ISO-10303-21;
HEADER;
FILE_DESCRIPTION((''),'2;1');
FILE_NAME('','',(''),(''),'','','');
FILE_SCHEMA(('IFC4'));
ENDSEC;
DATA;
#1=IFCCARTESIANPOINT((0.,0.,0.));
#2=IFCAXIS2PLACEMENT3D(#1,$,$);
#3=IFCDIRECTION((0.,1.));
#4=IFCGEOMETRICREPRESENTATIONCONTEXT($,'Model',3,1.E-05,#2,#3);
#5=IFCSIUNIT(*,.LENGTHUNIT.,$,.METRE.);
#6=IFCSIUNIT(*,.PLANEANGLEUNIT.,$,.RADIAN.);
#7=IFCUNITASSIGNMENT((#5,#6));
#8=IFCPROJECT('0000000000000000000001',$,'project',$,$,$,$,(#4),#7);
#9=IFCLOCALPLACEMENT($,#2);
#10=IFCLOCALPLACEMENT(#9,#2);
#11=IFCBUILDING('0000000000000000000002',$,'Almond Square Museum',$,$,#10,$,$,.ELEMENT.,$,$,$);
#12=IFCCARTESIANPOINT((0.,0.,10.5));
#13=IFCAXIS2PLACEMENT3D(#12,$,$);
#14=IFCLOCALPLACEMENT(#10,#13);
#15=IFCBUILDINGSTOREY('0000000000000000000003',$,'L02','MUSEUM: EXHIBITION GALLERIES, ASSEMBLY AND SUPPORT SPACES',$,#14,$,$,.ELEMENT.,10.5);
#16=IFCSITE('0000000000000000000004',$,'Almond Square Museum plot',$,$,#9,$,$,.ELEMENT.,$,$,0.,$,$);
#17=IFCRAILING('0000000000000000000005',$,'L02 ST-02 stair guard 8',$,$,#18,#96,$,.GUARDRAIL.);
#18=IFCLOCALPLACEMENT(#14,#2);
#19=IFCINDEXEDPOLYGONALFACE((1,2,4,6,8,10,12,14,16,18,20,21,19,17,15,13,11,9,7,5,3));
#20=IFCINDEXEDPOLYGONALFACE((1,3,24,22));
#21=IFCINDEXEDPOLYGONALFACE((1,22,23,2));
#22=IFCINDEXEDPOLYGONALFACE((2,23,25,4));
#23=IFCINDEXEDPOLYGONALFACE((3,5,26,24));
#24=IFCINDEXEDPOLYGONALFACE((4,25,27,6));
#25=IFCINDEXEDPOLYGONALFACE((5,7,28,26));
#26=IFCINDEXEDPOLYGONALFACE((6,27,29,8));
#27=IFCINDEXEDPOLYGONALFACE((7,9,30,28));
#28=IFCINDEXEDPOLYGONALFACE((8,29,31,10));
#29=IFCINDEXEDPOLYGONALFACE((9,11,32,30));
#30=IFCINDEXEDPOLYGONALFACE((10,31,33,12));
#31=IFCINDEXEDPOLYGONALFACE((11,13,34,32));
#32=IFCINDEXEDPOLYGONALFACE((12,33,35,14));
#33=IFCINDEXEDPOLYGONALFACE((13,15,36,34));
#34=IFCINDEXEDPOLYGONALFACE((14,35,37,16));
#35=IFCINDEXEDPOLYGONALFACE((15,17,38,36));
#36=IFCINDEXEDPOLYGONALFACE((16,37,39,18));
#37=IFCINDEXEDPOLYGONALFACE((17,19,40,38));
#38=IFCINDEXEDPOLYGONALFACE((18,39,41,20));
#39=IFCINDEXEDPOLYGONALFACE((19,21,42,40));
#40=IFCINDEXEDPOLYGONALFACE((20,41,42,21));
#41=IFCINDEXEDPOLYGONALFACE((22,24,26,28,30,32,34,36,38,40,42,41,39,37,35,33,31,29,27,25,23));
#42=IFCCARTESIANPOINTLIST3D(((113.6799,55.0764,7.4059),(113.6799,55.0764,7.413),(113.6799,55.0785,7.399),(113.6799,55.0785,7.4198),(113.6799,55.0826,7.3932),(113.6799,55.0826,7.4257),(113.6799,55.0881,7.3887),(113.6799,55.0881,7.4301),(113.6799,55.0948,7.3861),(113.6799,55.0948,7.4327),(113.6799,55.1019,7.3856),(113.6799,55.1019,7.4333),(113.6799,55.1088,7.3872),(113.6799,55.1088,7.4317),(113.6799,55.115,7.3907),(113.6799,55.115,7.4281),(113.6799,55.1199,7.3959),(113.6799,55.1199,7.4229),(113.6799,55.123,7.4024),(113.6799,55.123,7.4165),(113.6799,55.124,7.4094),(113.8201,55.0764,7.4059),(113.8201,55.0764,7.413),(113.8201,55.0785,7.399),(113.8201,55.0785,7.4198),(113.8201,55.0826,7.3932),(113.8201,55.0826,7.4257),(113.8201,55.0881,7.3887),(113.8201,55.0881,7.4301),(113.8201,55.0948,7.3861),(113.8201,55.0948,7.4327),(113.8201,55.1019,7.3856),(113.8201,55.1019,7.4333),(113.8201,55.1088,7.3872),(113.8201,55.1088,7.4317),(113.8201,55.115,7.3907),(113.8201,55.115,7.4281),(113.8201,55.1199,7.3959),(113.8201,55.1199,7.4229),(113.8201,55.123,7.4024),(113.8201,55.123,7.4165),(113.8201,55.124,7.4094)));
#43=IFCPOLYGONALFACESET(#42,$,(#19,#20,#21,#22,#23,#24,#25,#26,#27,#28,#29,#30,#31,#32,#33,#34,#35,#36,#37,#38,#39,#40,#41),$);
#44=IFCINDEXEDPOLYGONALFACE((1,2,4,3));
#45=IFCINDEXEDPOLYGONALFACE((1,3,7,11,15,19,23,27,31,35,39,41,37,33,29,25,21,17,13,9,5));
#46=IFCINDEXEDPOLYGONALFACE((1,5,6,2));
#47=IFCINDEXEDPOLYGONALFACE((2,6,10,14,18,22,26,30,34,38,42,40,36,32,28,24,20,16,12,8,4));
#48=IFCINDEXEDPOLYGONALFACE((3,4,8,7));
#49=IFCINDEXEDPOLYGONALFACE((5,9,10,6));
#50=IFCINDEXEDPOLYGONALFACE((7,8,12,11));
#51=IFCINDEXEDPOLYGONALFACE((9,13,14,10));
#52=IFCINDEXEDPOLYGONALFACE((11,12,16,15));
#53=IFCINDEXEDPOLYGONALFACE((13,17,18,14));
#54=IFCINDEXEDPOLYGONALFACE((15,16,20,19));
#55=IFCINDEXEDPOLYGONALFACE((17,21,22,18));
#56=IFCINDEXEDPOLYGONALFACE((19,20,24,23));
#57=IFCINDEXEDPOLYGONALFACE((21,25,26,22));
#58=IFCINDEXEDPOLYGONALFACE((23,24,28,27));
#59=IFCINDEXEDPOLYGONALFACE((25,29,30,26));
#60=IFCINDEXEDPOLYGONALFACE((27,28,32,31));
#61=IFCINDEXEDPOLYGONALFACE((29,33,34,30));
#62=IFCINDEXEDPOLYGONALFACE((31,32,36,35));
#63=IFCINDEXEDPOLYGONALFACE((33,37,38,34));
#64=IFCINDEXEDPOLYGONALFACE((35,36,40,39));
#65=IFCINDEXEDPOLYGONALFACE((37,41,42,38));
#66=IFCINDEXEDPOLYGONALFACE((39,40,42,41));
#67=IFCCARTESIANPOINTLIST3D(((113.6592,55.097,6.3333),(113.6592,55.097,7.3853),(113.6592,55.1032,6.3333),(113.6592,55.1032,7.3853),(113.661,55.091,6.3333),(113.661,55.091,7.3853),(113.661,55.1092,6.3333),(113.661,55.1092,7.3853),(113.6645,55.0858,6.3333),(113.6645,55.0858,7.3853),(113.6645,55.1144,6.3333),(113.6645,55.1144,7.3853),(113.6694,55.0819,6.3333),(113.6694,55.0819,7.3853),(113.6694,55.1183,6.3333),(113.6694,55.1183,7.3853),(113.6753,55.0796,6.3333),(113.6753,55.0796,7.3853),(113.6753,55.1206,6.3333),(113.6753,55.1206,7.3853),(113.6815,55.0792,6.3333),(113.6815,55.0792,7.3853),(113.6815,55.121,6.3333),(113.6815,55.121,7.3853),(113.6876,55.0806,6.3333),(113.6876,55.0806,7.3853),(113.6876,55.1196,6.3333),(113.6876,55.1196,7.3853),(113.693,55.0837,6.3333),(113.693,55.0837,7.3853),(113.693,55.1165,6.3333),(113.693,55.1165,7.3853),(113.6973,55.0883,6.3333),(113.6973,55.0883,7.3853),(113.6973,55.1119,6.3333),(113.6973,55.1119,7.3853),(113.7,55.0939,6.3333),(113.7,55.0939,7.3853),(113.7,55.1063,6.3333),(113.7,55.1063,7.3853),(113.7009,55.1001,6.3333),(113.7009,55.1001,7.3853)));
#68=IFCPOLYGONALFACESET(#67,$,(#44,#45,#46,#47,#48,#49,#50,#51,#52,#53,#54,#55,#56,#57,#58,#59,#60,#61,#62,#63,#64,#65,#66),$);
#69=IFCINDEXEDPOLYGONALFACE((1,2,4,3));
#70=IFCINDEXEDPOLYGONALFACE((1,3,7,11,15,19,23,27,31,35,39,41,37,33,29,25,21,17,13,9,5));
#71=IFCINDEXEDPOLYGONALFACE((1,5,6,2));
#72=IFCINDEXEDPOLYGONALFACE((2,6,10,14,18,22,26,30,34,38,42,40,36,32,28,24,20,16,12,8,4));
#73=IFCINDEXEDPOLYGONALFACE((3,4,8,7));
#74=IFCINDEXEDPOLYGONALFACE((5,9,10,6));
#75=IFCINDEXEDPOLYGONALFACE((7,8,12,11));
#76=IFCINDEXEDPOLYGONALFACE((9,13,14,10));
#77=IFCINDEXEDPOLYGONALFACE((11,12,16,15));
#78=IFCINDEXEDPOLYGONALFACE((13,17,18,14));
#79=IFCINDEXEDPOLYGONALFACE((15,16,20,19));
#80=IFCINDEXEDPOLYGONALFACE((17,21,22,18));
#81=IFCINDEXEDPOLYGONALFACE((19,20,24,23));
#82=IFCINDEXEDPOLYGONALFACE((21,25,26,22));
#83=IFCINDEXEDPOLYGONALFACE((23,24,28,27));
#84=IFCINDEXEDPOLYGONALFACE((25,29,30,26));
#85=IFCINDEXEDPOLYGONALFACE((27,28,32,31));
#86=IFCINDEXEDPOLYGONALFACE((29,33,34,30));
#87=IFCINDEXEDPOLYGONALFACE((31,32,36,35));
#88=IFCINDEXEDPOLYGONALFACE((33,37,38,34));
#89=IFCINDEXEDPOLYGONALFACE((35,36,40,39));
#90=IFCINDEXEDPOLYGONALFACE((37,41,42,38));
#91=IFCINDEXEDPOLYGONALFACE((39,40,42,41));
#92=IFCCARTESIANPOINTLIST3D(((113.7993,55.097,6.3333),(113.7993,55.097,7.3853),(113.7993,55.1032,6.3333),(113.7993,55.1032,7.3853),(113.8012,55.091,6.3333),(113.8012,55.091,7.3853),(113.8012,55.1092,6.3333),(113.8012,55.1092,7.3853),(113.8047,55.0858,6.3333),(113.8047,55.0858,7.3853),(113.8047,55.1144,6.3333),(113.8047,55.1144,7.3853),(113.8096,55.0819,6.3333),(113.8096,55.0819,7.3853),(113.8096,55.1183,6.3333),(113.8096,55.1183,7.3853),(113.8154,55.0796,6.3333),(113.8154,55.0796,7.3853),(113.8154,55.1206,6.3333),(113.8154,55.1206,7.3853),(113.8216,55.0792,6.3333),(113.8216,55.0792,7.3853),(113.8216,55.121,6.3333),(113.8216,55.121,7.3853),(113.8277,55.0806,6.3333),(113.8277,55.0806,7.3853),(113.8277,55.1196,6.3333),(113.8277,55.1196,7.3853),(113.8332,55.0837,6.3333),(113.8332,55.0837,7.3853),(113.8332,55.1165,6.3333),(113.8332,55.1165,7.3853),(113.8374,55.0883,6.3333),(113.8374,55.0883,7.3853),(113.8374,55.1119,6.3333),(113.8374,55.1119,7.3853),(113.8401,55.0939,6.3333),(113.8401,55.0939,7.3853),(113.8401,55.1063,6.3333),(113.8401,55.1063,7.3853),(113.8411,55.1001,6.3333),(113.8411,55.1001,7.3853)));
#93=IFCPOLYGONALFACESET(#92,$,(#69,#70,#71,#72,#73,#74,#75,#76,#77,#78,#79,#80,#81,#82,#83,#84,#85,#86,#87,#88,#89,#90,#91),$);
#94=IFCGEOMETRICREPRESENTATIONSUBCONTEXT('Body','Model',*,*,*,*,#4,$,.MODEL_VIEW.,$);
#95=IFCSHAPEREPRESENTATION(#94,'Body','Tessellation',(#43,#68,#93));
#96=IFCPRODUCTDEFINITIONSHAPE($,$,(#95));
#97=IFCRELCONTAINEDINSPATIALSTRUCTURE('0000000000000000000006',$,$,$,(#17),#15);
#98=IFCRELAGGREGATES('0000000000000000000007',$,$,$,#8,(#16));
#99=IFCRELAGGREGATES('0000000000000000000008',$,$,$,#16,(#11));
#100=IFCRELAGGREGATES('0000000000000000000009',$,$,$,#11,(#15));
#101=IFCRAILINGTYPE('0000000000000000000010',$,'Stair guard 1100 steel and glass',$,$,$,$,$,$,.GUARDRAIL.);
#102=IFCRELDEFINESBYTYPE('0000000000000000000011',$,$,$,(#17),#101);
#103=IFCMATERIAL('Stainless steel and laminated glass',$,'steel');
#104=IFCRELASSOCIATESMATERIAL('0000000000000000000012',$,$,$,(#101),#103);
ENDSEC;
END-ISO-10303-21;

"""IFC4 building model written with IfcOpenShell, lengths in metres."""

from ifc_helpers import new_model, si_unit, direction, frame, origin, origin_2d, place, context, subcontext, project, spatial, circle, extrude, material, type_object, element, save


model = new_model("IFC4")

# Units and contexts
model_context = context("Model", 3, precision=1e-05, world=origin(), true_north=direction((0.0, 1.0)))
body_context = subcontext(model_context, "Body", "Model", "MODEL_VIEW")
ifc_project = project(units=[si_unit("LENGTHUNIT", "METRE"), si_unit("PLANEANGLEUNIT", "RADIAN")], contexts=[model_context])

# Site, building, storey
site_placement = place(None, origin())
site = spatial("IfcSite", under=ifc_project, at=site_placement, Name="Almond Square Museum plot", CompositionType="ELEMENT", RefElevation=0.0)
building_placement = place(site_placement, origin())
building = spatial("IfcBuilding", under=site, at=building_placement, Name="Almond Square Museum", CompositionType="ELEMENT")
storey_placement = place(building_placement, frame((0.0, 0.0, 10.5)))
storey = spatial("IfcBuildingStorey", under=building, at=storey_placement, Name="L02", Description="MUSEUM: EXHIBITION GALLERIES, ASSEMBLY AND SUPPORT SPACES", CompositionType="ELEMENT", Elevation=10.5)

# Railing
ifc_material_1 = material(Name="Stainless steel and laminated glass", Category="steel")
railing_type_1 = type_object("IfcRailingType", Name="Stair guard 1100 steel and glass", PredefinedType="GUARDRAIL", material=ifc_material_1)
railing_1_placement = place(storey_placement, frame((113.6799, 55.1001, 6.3333)))
element("IfcRailing", 1, at=railing_1_placement, inside=storey, type_object=railing_type_1, Name="L02 ST-02 stair guard 8", PredefinedType="GUARDRAIL", context=body_context, shape_type="SweptSolid", body=[
    extrude(circle(Radius=0.0239, at=origin_2d()), frame((0.0, 0.0, 1.0762), z_axis=(1.0, 0.0, 0.0), x_axis=(0.0, 1.0, 0.0)), (0.0, 0.0, 1.0), 0.1401),
    extrude(circle(Radius=0.021, at=origin_2d()), origin(), (0.0, 0.0, 1.0), 1.052),
    extrude(circle(Radius=0.021, at=origin_2d()), frame((0.1401, 0.0, 0.0)), (0.0, 0.0, 1.0), 1.052),
])

save(model, "model.ifc")
